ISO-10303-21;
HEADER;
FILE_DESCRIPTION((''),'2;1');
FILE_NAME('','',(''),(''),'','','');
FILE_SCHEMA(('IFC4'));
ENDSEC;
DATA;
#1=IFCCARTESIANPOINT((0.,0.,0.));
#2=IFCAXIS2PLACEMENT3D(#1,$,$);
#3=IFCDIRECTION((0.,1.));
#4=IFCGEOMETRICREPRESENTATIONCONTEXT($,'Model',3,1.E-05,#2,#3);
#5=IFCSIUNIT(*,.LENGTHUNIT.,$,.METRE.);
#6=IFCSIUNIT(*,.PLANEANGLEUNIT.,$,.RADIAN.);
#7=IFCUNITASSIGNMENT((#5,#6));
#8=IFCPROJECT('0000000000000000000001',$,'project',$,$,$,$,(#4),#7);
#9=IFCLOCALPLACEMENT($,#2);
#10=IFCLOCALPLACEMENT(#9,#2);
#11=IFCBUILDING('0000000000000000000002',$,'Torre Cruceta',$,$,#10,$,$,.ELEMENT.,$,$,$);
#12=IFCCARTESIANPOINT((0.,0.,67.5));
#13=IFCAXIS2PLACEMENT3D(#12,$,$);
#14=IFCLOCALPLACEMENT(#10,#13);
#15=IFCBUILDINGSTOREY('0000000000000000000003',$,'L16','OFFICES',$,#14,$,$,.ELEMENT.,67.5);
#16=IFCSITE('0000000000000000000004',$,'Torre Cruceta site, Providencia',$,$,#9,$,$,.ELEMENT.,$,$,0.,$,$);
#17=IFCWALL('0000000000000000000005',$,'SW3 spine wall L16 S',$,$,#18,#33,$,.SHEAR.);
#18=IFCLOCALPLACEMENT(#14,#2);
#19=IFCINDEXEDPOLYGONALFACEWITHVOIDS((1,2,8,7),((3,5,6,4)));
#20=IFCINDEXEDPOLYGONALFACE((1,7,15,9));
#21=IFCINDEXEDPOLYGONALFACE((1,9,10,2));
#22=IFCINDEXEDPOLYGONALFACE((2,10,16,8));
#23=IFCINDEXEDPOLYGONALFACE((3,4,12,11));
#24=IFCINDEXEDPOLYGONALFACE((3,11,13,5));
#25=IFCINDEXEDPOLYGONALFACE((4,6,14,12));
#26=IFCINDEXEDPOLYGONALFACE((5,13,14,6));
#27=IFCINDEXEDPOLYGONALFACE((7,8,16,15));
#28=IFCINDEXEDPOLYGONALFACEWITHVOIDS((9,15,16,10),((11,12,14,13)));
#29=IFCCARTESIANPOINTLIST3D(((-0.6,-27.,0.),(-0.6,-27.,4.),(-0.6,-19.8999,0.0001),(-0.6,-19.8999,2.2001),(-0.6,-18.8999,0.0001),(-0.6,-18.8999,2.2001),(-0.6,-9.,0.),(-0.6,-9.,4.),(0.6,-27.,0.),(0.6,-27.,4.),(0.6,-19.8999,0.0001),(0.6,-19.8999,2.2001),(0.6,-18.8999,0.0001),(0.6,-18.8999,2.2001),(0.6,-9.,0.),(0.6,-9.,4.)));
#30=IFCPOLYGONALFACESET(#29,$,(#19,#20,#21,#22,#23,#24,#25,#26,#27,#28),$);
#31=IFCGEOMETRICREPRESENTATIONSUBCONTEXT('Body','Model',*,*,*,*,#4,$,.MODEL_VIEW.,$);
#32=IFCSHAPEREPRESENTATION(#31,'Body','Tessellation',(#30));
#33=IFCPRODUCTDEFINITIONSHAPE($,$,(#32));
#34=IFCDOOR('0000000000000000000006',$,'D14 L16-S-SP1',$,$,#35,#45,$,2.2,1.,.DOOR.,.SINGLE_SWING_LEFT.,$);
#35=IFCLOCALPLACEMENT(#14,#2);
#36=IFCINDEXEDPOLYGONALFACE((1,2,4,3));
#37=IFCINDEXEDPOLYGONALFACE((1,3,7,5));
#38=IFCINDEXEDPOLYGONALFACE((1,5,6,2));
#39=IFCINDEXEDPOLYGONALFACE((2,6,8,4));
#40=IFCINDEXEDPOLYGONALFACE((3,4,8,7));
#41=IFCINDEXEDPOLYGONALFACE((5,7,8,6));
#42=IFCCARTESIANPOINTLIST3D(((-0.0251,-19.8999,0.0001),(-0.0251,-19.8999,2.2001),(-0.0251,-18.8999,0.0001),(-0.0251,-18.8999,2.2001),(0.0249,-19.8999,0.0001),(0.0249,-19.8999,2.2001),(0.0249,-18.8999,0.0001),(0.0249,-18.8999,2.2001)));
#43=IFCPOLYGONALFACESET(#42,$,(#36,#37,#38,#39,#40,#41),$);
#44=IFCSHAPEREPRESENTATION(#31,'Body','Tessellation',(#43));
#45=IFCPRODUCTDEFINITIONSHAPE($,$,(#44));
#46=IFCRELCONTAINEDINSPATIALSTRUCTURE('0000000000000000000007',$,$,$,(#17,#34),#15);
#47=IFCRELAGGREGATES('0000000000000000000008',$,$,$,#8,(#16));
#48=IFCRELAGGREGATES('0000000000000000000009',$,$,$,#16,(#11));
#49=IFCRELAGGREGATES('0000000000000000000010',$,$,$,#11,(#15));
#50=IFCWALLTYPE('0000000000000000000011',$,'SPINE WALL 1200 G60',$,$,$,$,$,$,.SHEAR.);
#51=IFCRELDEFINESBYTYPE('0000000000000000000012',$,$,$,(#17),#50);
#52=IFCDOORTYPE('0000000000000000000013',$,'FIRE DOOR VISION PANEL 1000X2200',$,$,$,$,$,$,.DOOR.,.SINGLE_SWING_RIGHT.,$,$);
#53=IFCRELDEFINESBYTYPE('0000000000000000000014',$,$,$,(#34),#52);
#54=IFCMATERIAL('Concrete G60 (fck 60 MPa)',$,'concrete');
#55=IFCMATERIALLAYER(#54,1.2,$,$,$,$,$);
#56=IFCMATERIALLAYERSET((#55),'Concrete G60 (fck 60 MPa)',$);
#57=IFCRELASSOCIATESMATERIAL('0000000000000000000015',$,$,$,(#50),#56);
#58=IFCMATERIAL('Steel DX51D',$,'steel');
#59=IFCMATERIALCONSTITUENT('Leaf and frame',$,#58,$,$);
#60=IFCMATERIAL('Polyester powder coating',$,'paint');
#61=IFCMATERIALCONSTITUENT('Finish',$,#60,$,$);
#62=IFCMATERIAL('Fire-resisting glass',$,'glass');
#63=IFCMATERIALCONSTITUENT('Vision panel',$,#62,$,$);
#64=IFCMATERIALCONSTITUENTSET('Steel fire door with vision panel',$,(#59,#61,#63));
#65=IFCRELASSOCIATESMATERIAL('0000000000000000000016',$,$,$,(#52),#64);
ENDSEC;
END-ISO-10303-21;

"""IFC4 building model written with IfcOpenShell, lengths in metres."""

from ifc_helpers import new_model, si_unit, direction, frame, frame_2d, origin, place, context, subcontext, project, spatial, rectangle, extrude, material, layer, layer_set, constituent, constituent_set, type_object, element, fill, save


model = new_model("IFC4")

# Units and contexts
model_context = context("Model", 3, precision=1e-05, world=origin(), true_north=direction((0.0, 1.0)))
body_context = subcontext(model_context, "Body", "Model", "MODEL_VIEW")
ifc_project = project(units=[si_unit("LENGTHUNIT", "METRE"), si_unit("PLANEANGLEUNIT", "RADIAN")], contexts=[model_context])

# Site, building, storey
site_placement = place(None, origin())
site = spatial("IfcSite", under=ifc_project, at=site_placement, Name="Torre Cruceta site, Providencia", CompositionType="ELEMENT", RefElevation=0.0)
building_placement = place(site_placement, origin())
building = spatial("IfcBuilding", under=site, at=building_placement, Name="Torre Cruceta", CompositionType="ELEMENT")
storey_placement = place(building_placement, frame((0.0, 0.0, 67.5)))
storey = spatial("IfcBuildingStorey", under=building, at=storey_placement, Name="L16", Description="OFFICES", CompositionType="ELEMENT", Elevation=67.5)

# Wall, opening, door
ifc_material_1 = material(Name="Concrete G60 (fck 60 MPa)", Category="concrete")
ifc_layer_1 = layer(ifc_material_1, 1.2)
ifc_layer_set_1 = layer_set([ifc_layer_1], Name="Concrete G60 (fck 60 MPa)")
wall_type_1 = type_object("IfcWallType", Name="SPINE WALL 1200 G60", PredefinedType="SHEAR", material=ifc_layer_set_1)
wall_1_placement = place(storey_placement, frame((0.0, -9.0, 0.0), z_axis=(0.0, 0.0, 1.0), x_axis=(0.0, -1.0, 0.0)))
wall_1 = element("IfcWall", 1, at=wall_1_placement, inside=storey, type_object=wall_type_1, Name="SW3 spine wall L16 S", PredefinedType="SHEAR", context=body_context, shape_type="SweptSolid", body=[
    extrude(rectangle(XDim=18.0, YDim=1.2, at=frame_2d((9.0, 0.0))), origin(), (0.0, 0.0, 1.0), 4.0),
])
opening_1_placement = place(wall_1_placement, frame((9.8999, 0.0, 0.0)))
opening_1 = element("IfcOpeningElement", 2, at=opening_1_placement, cuts=wall_1, PredefinedType="OPENING", context=body_context, shape_type="SweptSolid", body=[
    extrude(rectangle(XDim=1.0, YDim=2.2, at=frame_2d((0.5, 1.1001))), frame((0.0, 0.6099, 0.0), z_axis=(0.0, -1.0, 0.0), x_axis=(1.0, 0.0, 0.0)), (0.0, 0.0, 1.0), 1.22),
])
ifc_material_2 = material(Name="Steel DX51D", Category="steel")
ifc_constituent_1 = constituent(ifc_material_2, Name="Leaf and frame")
ifc_material_3 = material(Name="Polyester powder coating", Category="paint")
ifc_constituent_2 = constituent(ifc_material_3, Name="Finish")
ifc_material_4 = material(Name="Fire-resisting glass", Category="glass")
ifc_constituent_3 = constituent(ifc_material_4, Name="Vision panel")
ifc_constituent_set_1 = constituent_set(constituents=[ifc_constituent_1, ifc_constituent_2, ifc_constituent_3], Name="Steel fire door with vision panel")
door_type_1 = type_object("IfcDoorType", Name="FIRE DOOR VISION PANEL 1000X2200", OperationType="SINGLE_SWING_RIGHT", PredefinedType="DOOR", material=ifc_constituent_set_1)
door_1_placement = place(opening_1_placement, frame((1.0, 0.0, 0.0), z_axis=(0.0, 0.0, 1.0), x_axis=(-1.0, 0.0, 0.0)))
door_1 = element("IfcDoor", 3, at=door_1_placement, inside=storey, type_object=door_type_1, Name="D14 L16-S-SP1", OperationType="SINGLE_SWING_LEFT", OverallHeight=2.2, OverallWidth=1.0, PredefinedType="DOOR", context=body_context, shape_type="SweptSolid", body=[
    extrude(rectangle(XDim=1.0, YDim=2.2, at=frame_2d((0.5, 1.1001))), frame((0.0, 0.0251, 0.0), z_axis=(0.0, -1.0, 0.0), x_axis=(1.0, 0.0, 0.0)), (0.0, 0.0, 1.0), 0.05),
])
fill(opening_1, door_1)

save(model, "model.ifc")
